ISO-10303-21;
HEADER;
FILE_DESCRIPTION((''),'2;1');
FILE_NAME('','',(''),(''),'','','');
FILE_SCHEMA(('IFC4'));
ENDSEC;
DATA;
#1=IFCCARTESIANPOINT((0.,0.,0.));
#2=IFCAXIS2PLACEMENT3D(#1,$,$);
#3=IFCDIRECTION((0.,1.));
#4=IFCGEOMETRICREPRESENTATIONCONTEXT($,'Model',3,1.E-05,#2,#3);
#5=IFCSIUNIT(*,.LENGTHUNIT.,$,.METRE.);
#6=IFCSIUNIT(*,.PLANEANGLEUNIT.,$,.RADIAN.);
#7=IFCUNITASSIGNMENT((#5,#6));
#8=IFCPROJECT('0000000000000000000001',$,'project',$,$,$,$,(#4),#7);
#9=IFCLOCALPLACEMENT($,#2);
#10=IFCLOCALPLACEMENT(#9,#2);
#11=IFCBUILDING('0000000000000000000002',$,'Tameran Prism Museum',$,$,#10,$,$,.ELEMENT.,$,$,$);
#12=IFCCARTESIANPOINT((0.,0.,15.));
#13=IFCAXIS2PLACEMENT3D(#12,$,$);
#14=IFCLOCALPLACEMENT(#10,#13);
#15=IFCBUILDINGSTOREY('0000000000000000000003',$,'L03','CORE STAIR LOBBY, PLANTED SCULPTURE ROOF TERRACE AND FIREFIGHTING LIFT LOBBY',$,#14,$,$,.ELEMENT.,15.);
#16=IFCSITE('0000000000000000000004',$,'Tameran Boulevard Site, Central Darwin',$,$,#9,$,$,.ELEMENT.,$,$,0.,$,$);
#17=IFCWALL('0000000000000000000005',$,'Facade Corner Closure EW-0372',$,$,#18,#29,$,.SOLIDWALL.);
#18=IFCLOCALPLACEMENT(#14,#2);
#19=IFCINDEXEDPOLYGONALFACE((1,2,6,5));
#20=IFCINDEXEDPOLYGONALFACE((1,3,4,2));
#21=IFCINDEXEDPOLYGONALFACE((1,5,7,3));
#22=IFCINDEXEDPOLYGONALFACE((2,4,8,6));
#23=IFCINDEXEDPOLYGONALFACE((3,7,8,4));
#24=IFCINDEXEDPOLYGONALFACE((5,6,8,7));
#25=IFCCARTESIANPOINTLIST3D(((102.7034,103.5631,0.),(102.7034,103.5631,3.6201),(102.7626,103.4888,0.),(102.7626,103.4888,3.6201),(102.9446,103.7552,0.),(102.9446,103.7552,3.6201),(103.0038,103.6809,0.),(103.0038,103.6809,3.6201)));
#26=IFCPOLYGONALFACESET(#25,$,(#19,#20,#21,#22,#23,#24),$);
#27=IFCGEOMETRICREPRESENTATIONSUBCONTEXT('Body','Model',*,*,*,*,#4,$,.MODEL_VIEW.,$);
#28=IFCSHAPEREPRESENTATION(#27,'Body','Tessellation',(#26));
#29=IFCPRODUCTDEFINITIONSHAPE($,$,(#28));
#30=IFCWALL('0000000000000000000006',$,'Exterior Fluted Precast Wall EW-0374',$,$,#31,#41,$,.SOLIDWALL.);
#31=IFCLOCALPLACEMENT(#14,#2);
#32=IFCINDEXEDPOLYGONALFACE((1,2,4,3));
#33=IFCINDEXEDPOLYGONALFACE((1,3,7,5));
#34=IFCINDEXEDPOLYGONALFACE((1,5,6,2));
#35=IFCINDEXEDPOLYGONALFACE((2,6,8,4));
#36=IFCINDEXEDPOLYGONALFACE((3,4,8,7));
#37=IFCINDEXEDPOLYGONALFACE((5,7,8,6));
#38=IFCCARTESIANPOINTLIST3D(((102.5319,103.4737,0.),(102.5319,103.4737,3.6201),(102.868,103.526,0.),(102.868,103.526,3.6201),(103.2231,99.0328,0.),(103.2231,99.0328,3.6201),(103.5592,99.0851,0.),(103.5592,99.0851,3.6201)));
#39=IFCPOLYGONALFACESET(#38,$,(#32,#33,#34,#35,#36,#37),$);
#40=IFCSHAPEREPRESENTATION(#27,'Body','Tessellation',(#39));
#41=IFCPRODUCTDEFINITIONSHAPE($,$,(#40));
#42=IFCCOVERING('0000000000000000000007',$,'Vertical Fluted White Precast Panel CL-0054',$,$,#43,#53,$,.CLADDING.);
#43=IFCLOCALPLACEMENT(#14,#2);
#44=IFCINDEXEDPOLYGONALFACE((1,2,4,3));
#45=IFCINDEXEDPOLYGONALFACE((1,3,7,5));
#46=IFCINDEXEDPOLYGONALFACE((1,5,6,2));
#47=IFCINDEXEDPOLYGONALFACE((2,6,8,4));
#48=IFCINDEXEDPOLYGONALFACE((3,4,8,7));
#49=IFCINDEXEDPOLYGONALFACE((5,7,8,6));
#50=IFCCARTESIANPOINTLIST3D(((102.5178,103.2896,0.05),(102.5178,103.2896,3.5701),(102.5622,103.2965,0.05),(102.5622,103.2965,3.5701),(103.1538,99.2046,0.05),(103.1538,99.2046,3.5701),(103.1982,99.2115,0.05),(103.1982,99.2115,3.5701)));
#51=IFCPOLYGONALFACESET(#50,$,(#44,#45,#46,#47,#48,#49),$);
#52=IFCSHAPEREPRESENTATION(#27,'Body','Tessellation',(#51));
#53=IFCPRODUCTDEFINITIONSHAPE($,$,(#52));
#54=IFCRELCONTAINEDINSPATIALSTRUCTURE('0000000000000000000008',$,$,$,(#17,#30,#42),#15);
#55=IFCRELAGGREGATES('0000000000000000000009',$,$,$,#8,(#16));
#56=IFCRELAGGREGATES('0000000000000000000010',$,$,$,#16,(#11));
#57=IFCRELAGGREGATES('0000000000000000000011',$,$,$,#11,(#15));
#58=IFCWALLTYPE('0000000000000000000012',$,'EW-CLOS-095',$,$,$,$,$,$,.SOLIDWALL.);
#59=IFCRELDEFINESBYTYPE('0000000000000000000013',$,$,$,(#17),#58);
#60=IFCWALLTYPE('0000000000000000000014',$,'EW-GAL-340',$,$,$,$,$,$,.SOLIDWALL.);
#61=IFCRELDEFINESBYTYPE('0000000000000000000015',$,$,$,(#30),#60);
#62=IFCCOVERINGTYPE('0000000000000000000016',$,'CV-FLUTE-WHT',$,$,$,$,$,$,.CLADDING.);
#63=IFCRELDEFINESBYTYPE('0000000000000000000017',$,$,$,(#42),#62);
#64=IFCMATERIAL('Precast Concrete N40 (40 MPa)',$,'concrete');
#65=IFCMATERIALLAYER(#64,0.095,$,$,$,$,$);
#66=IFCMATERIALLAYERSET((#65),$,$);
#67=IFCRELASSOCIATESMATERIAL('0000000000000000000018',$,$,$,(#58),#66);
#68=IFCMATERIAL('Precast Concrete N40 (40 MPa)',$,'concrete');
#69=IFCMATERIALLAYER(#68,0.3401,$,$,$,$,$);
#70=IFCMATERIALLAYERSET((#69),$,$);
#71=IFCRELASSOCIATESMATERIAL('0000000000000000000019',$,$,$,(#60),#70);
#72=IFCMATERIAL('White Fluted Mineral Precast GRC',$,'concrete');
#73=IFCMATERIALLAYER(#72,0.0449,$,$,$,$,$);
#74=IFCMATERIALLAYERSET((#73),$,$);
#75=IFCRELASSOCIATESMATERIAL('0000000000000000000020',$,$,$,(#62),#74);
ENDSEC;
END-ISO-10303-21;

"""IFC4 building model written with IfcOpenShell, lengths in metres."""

from ifc_helpers import new_model, si_unit, direction, frame, frame_2d, origin, place, context, subcontext, project, spatial, rectangle, extrude, material, layer, layer_set, type_object, element, save


model = new_model("IFC4")

# Units and contexts
model_context = context("Model", 3, precision=1e-05, world=origin(), true_north=direction((0.0, 1.0)))
body_context = subcontext(model_context, "Body", "Model", "MODEL_VIEW")
ifc_project = project(units=[si_unit("LENGTHUNIT", "METRE"), si_unit("PLANEANGLEUNIT", "RADIAN")], contexts=[model_context])

# Site, building, storey
site_placement = place(None, origin())
site = spatial("IfcSite", under=ifc_project, at=site_placement, Name="Tameran Boulevard Site, Central Darwin", CompositionType="ELEMENT", RefElevation=0.0)
building_placement = place(site_placement, origin())
building = spatial("IfcBuilding", under=site, at=building_placement, Name="Tameran Prism Museum", CompositionType="ELEMENT")
storey_placement = place(building_placement, frame((0.0, 0.0, 15.0)))
storey = spatial("IfcBuildingStorey", under=building, at=storey_placement, Name="L03", Description="CORE STAIR LOBBY, PLANTED SCULPTURE ROOF TERRACE AND FIREFIGHTING LIFT LOBBY", CompositionType="ELEMENT", Elevation=15.0)

# Walls
ifc_material_1 = material(Name="Precast Concrete N40 (40 MPa)", Category="concrete")
ifc_layer_1 = layer(ifc_material_1, 0.095)
ifc_layer_set_1 = layer_set([ifc_layer_1])
wall_type_1 = type_object("IfcWallType", Name="EW-CLOS-095", PredefinedType="SOLIDWALL", material=ifc_layer_set_1)
wall_1_placement = place(storey_placement, frame((102.7329, 103.5259, 0.0), z_axis=(0.0, 0.0, 1.0), x_axis=(0.78218, 0.623052, 0.0)))
element("IfcWall", 1, at=wall_1_placement, inside=storey, type_object=wall_type_1, Name="Facade Corner Closure EW-0372", PredefinedType="SOLIDWALL", context=body_context, shape_type="SweptSolid", body=[
    extrude(rectangle(XDim=0.3083, YDim=0.095, at=frame_2d((0.1543, 0.0))), origin(), (0.0, 0.0, 1.0), 3.6201),
])
ifc_material_2 = material(Name="Precast Concrete N40 (40 MPa)", Category="concrete")
ifc_layer_2 = layer(ifc_material_2, 0.3401)
ifc_layer_set_2 = layer_set([ifc_layer_2])
wall_type_2 = type_object("IfcWallType", Name="EW-GAL-340", PredefinedType="SOLIDWALL", material=ifc_layer_set_2)
wall_2_placement = place(storey_placement, frame((103.3911, 99.0591, 0.0), z_axis=(0.0, 0.0, 1.0), x_axis=(-0.153784, 0.988105, 0.0)))
element("IfcWall", 2, at=wall_2_placement, inside=storey, type_object=wall_type_2, Name="Exterior Fluted Precast Wall EW-0374", PredefinedType="SOLIDWALL", context=body_context, shape_type="SweptSolid", body=[
    extrude(rectangle(XDim=4.4944, YDim=0.3401, at=frame_2d((2.2471, 0.0))), origin(), (0.0, 0.0, 1.0), 3.6201),
])

# Covering
ifc_material_3 = material(Name="White Fluted Mineral Precast GRC", Category="concrete")
ifc_layer_3 = layer(ifc_material_3, 0.0449)
ifc_layer_set_3 = layer_set([ifc_layer_3])
covering_type = type_object("IfcCoveringType", Name="CV-FLUTE-WHT", PredefinedType="CLADDING", material=ifc_layer_set_3)
covering_placement = place(storey_placement, frame((103.176, 99.208, 0.05), z_axis=(0.0, 0.0, 1.0), x_axis=(-0.153836, 0.988096, 0.0)))
element("IfcCovering", 3, at=covering_placement, inside=storey, type_object=covering_type, Name="Vertical Fluted White Precast Panel CL-0054", PredefinedType="CLADDING", context=body_context, shape_type="SweptSolid", body=[
    extrude(rectangle(XDim=4.1343, YDim=0.0449, at=frame_2d((2.0671, 0.0))), origin(), (0.0, 0.0, 1.0), 3.52),
])

save(model, "model.ifc")
